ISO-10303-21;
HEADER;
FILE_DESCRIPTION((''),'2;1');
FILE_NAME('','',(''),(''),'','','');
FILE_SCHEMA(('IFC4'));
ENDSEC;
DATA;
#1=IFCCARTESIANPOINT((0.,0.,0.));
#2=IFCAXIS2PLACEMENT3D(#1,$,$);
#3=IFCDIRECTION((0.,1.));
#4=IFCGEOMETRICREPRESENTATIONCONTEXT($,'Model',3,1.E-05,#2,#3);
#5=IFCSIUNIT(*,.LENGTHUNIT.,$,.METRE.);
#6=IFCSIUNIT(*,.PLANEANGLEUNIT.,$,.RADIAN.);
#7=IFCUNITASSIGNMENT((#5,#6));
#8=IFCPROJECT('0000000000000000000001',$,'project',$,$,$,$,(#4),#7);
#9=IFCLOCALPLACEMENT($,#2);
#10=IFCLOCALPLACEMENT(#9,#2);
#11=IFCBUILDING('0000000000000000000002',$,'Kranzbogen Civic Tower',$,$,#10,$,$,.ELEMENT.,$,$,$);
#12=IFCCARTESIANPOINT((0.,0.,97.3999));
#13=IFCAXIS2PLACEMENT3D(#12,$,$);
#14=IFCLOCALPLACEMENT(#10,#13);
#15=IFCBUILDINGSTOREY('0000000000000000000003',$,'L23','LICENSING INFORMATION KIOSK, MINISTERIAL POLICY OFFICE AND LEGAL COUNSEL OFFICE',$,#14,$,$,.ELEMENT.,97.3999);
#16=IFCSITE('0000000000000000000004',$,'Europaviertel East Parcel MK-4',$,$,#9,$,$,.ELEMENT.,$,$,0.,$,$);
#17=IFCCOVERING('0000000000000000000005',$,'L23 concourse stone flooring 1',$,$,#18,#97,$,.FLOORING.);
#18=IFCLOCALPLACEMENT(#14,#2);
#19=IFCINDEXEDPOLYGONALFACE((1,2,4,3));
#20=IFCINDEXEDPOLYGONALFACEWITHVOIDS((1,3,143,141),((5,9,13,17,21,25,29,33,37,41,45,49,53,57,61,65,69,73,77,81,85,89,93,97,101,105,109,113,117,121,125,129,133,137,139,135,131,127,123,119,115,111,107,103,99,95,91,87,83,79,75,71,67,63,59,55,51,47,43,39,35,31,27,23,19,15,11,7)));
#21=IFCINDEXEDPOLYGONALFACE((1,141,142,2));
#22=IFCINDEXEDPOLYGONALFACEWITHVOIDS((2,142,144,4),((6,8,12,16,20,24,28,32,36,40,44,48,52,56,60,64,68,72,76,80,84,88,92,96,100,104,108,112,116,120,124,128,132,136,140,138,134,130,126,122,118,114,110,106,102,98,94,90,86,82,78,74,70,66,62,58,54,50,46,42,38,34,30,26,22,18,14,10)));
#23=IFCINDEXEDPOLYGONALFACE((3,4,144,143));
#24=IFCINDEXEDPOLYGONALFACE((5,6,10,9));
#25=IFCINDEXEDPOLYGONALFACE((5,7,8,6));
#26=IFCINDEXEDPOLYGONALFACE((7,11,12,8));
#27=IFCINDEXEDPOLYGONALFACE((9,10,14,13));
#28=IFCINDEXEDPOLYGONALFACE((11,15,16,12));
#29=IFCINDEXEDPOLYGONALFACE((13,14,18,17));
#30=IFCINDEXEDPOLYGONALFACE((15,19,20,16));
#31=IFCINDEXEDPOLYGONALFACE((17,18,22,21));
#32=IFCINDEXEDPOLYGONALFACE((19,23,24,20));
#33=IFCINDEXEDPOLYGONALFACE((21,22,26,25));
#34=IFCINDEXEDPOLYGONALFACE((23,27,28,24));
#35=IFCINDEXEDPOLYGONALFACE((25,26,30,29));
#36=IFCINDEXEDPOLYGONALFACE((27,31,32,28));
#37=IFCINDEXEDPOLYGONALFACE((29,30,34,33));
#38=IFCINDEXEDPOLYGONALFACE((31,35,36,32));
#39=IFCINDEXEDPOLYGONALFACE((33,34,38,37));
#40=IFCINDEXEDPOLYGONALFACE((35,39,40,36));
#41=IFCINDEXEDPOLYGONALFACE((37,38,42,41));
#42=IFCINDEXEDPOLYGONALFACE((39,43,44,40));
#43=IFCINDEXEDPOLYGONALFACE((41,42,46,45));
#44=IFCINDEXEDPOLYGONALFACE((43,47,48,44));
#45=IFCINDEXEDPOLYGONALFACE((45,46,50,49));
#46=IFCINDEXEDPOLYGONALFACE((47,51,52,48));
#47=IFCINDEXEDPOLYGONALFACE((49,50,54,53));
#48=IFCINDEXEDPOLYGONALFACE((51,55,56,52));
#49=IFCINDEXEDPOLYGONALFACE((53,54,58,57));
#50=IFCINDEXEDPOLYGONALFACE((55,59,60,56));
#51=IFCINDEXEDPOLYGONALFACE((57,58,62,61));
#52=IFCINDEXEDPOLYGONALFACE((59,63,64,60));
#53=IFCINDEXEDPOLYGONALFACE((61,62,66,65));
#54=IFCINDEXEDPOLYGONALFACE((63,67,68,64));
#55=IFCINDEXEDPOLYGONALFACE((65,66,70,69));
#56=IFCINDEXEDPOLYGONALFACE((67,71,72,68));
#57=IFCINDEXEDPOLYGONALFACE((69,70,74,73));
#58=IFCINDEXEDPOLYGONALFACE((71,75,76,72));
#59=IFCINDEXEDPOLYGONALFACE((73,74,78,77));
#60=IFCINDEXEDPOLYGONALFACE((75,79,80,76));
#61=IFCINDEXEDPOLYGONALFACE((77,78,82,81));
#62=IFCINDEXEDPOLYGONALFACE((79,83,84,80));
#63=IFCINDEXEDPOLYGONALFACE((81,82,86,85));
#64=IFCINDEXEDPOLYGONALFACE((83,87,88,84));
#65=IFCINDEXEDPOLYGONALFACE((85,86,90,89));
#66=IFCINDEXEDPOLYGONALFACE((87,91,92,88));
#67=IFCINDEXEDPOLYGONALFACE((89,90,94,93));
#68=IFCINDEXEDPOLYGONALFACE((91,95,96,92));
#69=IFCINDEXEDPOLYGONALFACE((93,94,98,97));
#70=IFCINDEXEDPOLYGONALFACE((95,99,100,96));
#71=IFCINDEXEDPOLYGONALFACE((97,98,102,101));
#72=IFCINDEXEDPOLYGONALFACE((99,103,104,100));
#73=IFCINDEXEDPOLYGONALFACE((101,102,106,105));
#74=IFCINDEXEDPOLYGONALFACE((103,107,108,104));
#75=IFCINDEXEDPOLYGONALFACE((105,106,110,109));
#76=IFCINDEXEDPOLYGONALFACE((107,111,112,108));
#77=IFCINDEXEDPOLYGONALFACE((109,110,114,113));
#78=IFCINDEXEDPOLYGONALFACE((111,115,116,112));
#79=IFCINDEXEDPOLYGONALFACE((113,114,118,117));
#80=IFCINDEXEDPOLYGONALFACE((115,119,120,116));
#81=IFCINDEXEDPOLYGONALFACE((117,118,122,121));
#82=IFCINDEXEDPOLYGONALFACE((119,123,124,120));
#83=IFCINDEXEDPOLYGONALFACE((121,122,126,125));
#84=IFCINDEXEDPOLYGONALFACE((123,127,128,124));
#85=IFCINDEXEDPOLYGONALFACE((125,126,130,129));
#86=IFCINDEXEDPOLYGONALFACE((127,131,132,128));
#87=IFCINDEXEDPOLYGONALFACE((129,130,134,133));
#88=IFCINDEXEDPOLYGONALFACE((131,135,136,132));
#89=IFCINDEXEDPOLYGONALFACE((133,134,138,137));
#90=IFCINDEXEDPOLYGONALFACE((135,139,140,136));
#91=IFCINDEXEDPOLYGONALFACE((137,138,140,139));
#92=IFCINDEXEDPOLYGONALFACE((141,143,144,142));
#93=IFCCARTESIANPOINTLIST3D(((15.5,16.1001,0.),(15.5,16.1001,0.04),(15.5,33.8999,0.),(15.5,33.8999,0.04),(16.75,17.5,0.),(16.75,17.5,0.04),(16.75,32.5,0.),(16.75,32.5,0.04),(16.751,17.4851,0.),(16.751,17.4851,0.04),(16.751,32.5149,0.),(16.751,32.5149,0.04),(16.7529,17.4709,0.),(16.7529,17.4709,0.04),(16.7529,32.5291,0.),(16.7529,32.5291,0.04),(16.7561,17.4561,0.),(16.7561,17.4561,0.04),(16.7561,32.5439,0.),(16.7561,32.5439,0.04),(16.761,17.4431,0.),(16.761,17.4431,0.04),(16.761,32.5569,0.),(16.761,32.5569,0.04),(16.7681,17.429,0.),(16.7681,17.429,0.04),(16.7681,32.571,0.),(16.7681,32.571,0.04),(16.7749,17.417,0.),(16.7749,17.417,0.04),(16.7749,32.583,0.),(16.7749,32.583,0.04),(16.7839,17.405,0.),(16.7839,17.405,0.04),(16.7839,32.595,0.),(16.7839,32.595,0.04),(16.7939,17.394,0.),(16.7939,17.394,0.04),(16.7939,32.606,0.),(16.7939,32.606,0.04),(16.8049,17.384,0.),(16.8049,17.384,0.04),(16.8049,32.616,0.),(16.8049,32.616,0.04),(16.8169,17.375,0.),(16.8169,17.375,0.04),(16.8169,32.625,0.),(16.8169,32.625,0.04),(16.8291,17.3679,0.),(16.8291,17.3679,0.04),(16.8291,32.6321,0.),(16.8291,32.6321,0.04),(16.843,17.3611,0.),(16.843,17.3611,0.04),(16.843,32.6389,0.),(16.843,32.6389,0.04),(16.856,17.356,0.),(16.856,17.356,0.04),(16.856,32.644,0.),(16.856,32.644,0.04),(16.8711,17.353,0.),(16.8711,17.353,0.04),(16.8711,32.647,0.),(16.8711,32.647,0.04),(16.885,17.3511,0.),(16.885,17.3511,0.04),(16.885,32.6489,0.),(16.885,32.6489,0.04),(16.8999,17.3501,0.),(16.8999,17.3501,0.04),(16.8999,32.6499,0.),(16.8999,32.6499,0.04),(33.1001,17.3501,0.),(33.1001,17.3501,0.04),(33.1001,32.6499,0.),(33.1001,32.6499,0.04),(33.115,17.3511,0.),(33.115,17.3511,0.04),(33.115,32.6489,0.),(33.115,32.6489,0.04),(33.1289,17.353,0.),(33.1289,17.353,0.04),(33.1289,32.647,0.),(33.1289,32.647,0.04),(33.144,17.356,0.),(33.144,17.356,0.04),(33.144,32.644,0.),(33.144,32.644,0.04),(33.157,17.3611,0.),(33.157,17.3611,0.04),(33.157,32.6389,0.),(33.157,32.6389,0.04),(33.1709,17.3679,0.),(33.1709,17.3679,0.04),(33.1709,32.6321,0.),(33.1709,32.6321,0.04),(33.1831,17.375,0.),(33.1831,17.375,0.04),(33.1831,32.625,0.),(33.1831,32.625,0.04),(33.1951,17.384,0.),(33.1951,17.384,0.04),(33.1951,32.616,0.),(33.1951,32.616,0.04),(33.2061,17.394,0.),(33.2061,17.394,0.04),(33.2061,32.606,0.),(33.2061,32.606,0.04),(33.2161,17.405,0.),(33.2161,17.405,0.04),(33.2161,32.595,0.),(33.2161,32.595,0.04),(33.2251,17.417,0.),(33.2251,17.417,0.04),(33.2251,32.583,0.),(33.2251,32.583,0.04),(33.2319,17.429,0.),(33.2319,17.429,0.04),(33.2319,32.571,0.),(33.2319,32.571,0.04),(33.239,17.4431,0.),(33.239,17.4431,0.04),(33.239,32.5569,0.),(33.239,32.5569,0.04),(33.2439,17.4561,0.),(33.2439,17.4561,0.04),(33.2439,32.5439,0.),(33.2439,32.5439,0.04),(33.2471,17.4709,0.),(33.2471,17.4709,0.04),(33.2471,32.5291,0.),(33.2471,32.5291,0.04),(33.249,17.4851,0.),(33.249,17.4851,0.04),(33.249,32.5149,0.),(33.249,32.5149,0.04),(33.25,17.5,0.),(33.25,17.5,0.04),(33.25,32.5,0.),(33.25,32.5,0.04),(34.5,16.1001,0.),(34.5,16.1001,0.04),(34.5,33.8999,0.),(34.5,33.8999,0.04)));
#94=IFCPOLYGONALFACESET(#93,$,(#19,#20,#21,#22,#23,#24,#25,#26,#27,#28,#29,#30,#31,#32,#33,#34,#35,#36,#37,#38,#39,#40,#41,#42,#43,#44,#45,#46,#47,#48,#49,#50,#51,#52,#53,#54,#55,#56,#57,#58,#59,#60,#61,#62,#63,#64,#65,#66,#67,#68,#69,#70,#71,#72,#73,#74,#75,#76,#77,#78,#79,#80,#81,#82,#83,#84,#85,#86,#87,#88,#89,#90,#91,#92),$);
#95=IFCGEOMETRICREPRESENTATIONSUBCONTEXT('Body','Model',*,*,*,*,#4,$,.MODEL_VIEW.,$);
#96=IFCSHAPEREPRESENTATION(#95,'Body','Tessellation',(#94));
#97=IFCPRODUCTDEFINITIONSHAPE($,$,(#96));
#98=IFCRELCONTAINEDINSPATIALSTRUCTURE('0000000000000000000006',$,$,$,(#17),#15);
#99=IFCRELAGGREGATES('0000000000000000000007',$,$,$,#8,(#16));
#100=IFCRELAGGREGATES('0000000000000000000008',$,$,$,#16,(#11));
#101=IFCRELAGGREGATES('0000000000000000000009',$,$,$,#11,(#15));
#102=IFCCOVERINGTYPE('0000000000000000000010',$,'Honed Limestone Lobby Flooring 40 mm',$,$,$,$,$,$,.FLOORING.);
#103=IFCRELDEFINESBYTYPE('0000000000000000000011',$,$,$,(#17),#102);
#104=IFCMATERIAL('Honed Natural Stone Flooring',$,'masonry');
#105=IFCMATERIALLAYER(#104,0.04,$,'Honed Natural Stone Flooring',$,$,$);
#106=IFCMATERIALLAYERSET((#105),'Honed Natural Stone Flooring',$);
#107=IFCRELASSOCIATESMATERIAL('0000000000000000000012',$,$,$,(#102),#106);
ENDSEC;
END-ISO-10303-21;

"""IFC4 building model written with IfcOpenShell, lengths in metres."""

from ifc_helpers import new_model, si_unit, direction, frame, origin, place, context, subcontext, project, spatial, polyline, outline, extrude, material, layer, layer_set, type_object, element, save


model = new_model("IFC4")

# Units and contexts
model_context = context("Model", 3, precision=1e-05, world=origin(), true_north=direction((0.0, 1.0)))
body_context = subcontext(model_context, "Body", "Model", "MODEL_VIEW")
ifc_project = project(units=[si_unit("LENGTHUNIT", "METRE"), si_unit("PLANEANGLEUNIT", "RADIAN")], contexts=[model_context])

# Site, building, storey
site_placement = place(None, origin())
site = spatial("IfcSite", under=ifc_project, at=site_placement, Name="Europaviertel East Parcel MK-4", CompositionType="ELEMENT", RefElevation=0.0)
building_placement = place(site_placement, origin())
building = spatial("IfcBuilding", under=site, at=building_placement, Name="Kranzbogen Civic Tower", CompositionType="ELEMENT")
storey_placement = place(building_placement, frame((0.0, 0.0, 97.3999)))
storey = spatial("IfcBuildingStorey", under=building, at=storey_placement, Name="L23", Description="LICENSING INFORMATION KIOSK, MINISTERIAL POLICY OFFICE AND LEGAL COUNSEL OFFICE", CompositionType="ELEMENT", Elevation=97.3999)

# Covering
ifc_material_1 = material(Name="Honed Natural Stone Flooring", Category="masonry")
ifc_layer_1 = layer(ifc_material_1, 0.04, Name="Honed Natural Stone Flooring")
ifc_layer_set_1 = layer_set([ifc_layer_1], Name="Honed Natural Stone Flooring")
covering_type_1 = type_object("IfcCoveringType", Name="Honed Limestone Lobby Flooring 40 mm", PredefinedType="FLOORING", material=ifc_layer_set_1)
covering_1_placement = place(storey_placement, origin())
element("IfcCovering", 1, at=covering_1_placement, inside=storey, type_object=covering_type_1, Name="L23 concourse stone flooring 1", PredefinedType="FLOORING", context=body_context, shape_type="SweptSolid", body=[
    extrude(outline(polyline([(15.5, 33.8999), (34.5, 33.8999), (34.5, 16.1001), (15.5, 16.1001), (15.5, 33.8999)]), holes=[polyline([(33.1001, 32.6499), (33.115, 32.6489), (33.1289, 32.647), (33.144, 32.644), (33.157, 32.6389), (33.1709, 32.6321), (33.1831, 32.625), (33.1951, 32.616), (33.2061, 32.606), (33.2161, 32.595), (33.2251, 32.583), (33.2319, 32.571), (33.239, 32.5569), (33.2439, 32.5439), (33.2471, 32.5291), (33.249, 32.5149), (33.25, 32.5), (33.25, 17.5), (33.249, 17.4851), (33.2471, 17.4709), (33.2439, 17.4561), (33.239, 17.4431), (33.2319, 17.429), (33.2251, 17.417), (33.2161, 17.405), (33.2061, 17.394), (33.1951, 17.384), (33.1831, 17.375), (33.1709, 17.3679), (33.157, 17.3611), (33.144, 17.356), (33.1289, 17.353), (33.115, 17.3511), (33.1001, 17.3501), (16.8999, 17.3501), (16.885, 17.3511), (16.8711, 17.353), (16.856, 17.356), (16.843, 17.3611), (16.8291, 17.3679), (16.8169, 17.375), (16.8049, 17.384), (16.7939, 17.394), (16.7839, 17.405), (16.7749, 17.417), (16.7681, 17.429), (16.761, 17.4431), (16.7561, 17.4561), (16.7529, 17.4709), (16.751, 17.4851), (16.75, 17.5), (16.75, 32.5), (16.751, 32.5149), (16.7529, 32.5291), (16.7561, 32.5439), (16.761, 32.5569), (16.7681, 32.571), (16.7749, 32.583), (16.7839, 32.595), (16.7939, 32.606), (16.8049, 32.616), (16.8169, 32.625), (16.8291, 32.6321), (16.843, 32.6389), (16.856, 32.644), (16.8711, 32.647), (16.885, 32.6489), (16.8999, 32.6499), (33.1001, 32.6499)])]), origin(), (0.0, 0.0, 1.0), 0.04),
])

save(model, "model.ifc")
